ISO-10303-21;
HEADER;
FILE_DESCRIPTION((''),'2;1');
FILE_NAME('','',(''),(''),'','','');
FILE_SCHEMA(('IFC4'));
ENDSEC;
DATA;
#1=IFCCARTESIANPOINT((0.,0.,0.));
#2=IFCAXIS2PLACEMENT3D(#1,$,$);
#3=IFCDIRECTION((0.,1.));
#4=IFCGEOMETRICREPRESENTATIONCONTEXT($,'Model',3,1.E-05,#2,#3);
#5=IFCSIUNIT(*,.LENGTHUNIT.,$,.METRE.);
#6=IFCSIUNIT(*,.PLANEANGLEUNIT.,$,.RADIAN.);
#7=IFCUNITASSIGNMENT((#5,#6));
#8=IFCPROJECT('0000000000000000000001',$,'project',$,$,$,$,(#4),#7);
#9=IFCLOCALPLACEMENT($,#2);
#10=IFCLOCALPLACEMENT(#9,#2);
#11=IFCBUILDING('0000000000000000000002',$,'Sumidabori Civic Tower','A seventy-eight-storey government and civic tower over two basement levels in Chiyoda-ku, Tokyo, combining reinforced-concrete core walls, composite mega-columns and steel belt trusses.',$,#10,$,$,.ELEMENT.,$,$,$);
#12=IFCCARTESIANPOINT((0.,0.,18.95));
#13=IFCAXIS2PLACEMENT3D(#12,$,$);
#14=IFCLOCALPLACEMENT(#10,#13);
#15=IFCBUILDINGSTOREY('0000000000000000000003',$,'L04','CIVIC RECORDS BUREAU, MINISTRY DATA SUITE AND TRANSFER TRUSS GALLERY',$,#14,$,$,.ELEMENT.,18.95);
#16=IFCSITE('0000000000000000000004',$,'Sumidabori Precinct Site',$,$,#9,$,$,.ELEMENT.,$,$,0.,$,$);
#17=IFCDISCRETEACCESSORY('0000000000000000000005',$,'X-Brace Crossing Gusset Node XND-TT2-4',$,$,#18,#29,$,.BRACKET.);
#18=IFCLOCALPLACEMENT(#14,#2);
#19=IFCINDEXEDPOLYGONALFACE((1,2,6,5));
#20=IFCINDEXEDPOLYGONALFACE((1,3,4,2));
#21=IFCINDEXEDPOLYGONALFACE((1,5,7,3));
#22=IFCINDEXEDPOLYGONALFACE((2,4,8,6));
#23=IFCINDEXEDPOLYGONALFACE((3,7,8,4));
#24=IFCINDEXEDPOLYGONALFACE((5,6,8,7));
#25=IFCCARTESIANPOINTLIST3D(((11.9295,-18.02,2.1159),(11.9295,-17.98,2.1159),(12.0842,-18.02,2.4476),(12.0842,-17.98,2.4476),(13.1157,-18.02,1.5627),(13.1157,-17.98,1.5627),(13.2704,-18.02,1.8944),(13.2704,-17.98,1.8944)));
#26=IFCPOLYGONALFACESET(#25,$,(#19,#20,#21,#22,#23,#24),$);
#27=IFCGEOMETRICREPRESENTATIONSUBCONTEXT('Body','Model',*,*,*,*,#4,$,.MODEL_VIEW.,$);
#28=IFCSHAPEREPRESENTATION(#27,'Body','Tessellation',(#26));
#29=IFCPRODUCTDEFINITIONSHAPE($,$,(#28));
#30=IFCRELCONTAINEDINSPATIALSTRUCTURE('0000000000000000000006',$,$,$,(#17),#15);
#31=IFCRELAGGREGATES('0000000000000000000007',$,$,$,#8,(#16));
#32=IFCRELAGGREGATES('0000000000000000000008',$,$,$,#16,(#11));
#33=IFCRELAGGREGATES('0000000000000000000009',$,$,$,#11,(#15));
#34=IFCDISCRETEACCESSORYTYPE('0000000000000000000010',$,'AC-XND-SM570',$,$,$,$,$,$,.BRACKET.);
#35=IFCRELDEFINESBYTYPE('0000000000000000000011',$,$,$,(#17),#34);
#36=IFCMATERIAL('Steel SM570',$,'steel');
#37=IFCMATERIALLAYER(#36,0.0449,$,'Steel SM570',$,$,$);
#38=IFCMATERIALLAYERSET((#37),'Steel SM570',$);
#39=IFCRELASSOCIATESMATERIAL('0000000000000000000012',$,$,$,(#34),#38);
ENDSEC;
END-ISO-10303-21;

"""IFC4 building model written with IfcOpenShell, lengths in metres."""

from ifc_helpers import new_model, si_unit, direction, frame, origin, origin_2d, place, context, subcontext, project, spatial, rectangle, extrude, source, transform, mapped, material, layer, layer_set, type_object, element, save


model = new_model("IFC4")

# Units and contexts
model_context = context("Model", 3, precision=1e-05, world=origin(), true_north=direction((0.0, 1.0)))
body_context = subcontext(model_context, "Body", "Model", "MODEL_VIEW")
ifc_project = project(units=[si_unit("LENGTHUNIT", "METRE"), si_unit("PLANEANGLEUNIT", "RADIAN")], contexts=[model_context])

# Site, building, storey
site_placement = place(None, origin())
site = spatial("IfcSite", under=ifc_project, at=site_placement, Name="Sumidabori Precinct Site", CompositionType="ELEMENT", RefElevation=0.0)
building_placement = place(site_placement, origin())
building = spatial("IfcBuilding", under=site, at=building_placement, Name="Sumidabori Civic Tower", Description="A seventy-eight-storey government and civic tower over two basement levels in Chiyoda-ku, Tokyo, combining reinforced-concrete core walls, composite mega-columns and steel belt trusses.", CompositionType="ELEMENT")
storey_placement = place(building_placement, frame((0.0, 0.0, 18.95)))
storey = spatial("IfcBuildingStorey", under=building, at=storey_placement, Name="L04", Description="CIVIC RECORDS BUREAU, MINISTRY DATA SUITE AND TRANSFER TRUSS GALLERY", CompositionType="ELEMENT", Elevation=18.95)

# Shared definitions
ifc_material_1 = material(Name="Steel SM570", Category="steel")

# Discrete accessory
ifc_layer_1 = layer(ifc_material_1, 0.0449, Name="Steel SM570")
ifc_layer_set_1 = layer_set([ifc_layer_1], Name="Steel SM570")
discrete_accessory_type_1 = type_object("IfcDiscreteAccessoryType", Name="AC-XND-SM570", PredefinedType="BRACKET", material=ifc_layer_set_1)
shared_shape_1 = source(origin(), body_context, "Body", "SweptSolid", [
    extrude(rectangle(XDim=0.04, YDim=0.366, at=origin_2d()), origin(), (0.0, 0.0, 1.0), 1.3088),
])
discrete_accessory_placement = place(storey_placement, frame((12.0068, -18.0, 2.2817), z_axis=(0.906293, 0.0, -0.422651), x_axis=(0.0, 1.0, 0.0)))
element("IfcDiscreteAccessory", 1, at=discrete_accessory_placement, inside=storey, type_object=discrete_accessory_type_1, Name="X-Brace Crossing Gusset Node XND-TT2-4", PredefinedType="BRACKET", context=body_context, shape_type="MappedRepresentation", body=[
    mapped(shared_shape_1, transform((0.0, 0.0, 0.0), x_axis=(1.0, 0.0, 0.0), y_axis=(0.0, 1.0, 0.0), z_axis=(0.0, 0.0, 1.0), scale=1.0)),
])

save(model, "model.ifc")
